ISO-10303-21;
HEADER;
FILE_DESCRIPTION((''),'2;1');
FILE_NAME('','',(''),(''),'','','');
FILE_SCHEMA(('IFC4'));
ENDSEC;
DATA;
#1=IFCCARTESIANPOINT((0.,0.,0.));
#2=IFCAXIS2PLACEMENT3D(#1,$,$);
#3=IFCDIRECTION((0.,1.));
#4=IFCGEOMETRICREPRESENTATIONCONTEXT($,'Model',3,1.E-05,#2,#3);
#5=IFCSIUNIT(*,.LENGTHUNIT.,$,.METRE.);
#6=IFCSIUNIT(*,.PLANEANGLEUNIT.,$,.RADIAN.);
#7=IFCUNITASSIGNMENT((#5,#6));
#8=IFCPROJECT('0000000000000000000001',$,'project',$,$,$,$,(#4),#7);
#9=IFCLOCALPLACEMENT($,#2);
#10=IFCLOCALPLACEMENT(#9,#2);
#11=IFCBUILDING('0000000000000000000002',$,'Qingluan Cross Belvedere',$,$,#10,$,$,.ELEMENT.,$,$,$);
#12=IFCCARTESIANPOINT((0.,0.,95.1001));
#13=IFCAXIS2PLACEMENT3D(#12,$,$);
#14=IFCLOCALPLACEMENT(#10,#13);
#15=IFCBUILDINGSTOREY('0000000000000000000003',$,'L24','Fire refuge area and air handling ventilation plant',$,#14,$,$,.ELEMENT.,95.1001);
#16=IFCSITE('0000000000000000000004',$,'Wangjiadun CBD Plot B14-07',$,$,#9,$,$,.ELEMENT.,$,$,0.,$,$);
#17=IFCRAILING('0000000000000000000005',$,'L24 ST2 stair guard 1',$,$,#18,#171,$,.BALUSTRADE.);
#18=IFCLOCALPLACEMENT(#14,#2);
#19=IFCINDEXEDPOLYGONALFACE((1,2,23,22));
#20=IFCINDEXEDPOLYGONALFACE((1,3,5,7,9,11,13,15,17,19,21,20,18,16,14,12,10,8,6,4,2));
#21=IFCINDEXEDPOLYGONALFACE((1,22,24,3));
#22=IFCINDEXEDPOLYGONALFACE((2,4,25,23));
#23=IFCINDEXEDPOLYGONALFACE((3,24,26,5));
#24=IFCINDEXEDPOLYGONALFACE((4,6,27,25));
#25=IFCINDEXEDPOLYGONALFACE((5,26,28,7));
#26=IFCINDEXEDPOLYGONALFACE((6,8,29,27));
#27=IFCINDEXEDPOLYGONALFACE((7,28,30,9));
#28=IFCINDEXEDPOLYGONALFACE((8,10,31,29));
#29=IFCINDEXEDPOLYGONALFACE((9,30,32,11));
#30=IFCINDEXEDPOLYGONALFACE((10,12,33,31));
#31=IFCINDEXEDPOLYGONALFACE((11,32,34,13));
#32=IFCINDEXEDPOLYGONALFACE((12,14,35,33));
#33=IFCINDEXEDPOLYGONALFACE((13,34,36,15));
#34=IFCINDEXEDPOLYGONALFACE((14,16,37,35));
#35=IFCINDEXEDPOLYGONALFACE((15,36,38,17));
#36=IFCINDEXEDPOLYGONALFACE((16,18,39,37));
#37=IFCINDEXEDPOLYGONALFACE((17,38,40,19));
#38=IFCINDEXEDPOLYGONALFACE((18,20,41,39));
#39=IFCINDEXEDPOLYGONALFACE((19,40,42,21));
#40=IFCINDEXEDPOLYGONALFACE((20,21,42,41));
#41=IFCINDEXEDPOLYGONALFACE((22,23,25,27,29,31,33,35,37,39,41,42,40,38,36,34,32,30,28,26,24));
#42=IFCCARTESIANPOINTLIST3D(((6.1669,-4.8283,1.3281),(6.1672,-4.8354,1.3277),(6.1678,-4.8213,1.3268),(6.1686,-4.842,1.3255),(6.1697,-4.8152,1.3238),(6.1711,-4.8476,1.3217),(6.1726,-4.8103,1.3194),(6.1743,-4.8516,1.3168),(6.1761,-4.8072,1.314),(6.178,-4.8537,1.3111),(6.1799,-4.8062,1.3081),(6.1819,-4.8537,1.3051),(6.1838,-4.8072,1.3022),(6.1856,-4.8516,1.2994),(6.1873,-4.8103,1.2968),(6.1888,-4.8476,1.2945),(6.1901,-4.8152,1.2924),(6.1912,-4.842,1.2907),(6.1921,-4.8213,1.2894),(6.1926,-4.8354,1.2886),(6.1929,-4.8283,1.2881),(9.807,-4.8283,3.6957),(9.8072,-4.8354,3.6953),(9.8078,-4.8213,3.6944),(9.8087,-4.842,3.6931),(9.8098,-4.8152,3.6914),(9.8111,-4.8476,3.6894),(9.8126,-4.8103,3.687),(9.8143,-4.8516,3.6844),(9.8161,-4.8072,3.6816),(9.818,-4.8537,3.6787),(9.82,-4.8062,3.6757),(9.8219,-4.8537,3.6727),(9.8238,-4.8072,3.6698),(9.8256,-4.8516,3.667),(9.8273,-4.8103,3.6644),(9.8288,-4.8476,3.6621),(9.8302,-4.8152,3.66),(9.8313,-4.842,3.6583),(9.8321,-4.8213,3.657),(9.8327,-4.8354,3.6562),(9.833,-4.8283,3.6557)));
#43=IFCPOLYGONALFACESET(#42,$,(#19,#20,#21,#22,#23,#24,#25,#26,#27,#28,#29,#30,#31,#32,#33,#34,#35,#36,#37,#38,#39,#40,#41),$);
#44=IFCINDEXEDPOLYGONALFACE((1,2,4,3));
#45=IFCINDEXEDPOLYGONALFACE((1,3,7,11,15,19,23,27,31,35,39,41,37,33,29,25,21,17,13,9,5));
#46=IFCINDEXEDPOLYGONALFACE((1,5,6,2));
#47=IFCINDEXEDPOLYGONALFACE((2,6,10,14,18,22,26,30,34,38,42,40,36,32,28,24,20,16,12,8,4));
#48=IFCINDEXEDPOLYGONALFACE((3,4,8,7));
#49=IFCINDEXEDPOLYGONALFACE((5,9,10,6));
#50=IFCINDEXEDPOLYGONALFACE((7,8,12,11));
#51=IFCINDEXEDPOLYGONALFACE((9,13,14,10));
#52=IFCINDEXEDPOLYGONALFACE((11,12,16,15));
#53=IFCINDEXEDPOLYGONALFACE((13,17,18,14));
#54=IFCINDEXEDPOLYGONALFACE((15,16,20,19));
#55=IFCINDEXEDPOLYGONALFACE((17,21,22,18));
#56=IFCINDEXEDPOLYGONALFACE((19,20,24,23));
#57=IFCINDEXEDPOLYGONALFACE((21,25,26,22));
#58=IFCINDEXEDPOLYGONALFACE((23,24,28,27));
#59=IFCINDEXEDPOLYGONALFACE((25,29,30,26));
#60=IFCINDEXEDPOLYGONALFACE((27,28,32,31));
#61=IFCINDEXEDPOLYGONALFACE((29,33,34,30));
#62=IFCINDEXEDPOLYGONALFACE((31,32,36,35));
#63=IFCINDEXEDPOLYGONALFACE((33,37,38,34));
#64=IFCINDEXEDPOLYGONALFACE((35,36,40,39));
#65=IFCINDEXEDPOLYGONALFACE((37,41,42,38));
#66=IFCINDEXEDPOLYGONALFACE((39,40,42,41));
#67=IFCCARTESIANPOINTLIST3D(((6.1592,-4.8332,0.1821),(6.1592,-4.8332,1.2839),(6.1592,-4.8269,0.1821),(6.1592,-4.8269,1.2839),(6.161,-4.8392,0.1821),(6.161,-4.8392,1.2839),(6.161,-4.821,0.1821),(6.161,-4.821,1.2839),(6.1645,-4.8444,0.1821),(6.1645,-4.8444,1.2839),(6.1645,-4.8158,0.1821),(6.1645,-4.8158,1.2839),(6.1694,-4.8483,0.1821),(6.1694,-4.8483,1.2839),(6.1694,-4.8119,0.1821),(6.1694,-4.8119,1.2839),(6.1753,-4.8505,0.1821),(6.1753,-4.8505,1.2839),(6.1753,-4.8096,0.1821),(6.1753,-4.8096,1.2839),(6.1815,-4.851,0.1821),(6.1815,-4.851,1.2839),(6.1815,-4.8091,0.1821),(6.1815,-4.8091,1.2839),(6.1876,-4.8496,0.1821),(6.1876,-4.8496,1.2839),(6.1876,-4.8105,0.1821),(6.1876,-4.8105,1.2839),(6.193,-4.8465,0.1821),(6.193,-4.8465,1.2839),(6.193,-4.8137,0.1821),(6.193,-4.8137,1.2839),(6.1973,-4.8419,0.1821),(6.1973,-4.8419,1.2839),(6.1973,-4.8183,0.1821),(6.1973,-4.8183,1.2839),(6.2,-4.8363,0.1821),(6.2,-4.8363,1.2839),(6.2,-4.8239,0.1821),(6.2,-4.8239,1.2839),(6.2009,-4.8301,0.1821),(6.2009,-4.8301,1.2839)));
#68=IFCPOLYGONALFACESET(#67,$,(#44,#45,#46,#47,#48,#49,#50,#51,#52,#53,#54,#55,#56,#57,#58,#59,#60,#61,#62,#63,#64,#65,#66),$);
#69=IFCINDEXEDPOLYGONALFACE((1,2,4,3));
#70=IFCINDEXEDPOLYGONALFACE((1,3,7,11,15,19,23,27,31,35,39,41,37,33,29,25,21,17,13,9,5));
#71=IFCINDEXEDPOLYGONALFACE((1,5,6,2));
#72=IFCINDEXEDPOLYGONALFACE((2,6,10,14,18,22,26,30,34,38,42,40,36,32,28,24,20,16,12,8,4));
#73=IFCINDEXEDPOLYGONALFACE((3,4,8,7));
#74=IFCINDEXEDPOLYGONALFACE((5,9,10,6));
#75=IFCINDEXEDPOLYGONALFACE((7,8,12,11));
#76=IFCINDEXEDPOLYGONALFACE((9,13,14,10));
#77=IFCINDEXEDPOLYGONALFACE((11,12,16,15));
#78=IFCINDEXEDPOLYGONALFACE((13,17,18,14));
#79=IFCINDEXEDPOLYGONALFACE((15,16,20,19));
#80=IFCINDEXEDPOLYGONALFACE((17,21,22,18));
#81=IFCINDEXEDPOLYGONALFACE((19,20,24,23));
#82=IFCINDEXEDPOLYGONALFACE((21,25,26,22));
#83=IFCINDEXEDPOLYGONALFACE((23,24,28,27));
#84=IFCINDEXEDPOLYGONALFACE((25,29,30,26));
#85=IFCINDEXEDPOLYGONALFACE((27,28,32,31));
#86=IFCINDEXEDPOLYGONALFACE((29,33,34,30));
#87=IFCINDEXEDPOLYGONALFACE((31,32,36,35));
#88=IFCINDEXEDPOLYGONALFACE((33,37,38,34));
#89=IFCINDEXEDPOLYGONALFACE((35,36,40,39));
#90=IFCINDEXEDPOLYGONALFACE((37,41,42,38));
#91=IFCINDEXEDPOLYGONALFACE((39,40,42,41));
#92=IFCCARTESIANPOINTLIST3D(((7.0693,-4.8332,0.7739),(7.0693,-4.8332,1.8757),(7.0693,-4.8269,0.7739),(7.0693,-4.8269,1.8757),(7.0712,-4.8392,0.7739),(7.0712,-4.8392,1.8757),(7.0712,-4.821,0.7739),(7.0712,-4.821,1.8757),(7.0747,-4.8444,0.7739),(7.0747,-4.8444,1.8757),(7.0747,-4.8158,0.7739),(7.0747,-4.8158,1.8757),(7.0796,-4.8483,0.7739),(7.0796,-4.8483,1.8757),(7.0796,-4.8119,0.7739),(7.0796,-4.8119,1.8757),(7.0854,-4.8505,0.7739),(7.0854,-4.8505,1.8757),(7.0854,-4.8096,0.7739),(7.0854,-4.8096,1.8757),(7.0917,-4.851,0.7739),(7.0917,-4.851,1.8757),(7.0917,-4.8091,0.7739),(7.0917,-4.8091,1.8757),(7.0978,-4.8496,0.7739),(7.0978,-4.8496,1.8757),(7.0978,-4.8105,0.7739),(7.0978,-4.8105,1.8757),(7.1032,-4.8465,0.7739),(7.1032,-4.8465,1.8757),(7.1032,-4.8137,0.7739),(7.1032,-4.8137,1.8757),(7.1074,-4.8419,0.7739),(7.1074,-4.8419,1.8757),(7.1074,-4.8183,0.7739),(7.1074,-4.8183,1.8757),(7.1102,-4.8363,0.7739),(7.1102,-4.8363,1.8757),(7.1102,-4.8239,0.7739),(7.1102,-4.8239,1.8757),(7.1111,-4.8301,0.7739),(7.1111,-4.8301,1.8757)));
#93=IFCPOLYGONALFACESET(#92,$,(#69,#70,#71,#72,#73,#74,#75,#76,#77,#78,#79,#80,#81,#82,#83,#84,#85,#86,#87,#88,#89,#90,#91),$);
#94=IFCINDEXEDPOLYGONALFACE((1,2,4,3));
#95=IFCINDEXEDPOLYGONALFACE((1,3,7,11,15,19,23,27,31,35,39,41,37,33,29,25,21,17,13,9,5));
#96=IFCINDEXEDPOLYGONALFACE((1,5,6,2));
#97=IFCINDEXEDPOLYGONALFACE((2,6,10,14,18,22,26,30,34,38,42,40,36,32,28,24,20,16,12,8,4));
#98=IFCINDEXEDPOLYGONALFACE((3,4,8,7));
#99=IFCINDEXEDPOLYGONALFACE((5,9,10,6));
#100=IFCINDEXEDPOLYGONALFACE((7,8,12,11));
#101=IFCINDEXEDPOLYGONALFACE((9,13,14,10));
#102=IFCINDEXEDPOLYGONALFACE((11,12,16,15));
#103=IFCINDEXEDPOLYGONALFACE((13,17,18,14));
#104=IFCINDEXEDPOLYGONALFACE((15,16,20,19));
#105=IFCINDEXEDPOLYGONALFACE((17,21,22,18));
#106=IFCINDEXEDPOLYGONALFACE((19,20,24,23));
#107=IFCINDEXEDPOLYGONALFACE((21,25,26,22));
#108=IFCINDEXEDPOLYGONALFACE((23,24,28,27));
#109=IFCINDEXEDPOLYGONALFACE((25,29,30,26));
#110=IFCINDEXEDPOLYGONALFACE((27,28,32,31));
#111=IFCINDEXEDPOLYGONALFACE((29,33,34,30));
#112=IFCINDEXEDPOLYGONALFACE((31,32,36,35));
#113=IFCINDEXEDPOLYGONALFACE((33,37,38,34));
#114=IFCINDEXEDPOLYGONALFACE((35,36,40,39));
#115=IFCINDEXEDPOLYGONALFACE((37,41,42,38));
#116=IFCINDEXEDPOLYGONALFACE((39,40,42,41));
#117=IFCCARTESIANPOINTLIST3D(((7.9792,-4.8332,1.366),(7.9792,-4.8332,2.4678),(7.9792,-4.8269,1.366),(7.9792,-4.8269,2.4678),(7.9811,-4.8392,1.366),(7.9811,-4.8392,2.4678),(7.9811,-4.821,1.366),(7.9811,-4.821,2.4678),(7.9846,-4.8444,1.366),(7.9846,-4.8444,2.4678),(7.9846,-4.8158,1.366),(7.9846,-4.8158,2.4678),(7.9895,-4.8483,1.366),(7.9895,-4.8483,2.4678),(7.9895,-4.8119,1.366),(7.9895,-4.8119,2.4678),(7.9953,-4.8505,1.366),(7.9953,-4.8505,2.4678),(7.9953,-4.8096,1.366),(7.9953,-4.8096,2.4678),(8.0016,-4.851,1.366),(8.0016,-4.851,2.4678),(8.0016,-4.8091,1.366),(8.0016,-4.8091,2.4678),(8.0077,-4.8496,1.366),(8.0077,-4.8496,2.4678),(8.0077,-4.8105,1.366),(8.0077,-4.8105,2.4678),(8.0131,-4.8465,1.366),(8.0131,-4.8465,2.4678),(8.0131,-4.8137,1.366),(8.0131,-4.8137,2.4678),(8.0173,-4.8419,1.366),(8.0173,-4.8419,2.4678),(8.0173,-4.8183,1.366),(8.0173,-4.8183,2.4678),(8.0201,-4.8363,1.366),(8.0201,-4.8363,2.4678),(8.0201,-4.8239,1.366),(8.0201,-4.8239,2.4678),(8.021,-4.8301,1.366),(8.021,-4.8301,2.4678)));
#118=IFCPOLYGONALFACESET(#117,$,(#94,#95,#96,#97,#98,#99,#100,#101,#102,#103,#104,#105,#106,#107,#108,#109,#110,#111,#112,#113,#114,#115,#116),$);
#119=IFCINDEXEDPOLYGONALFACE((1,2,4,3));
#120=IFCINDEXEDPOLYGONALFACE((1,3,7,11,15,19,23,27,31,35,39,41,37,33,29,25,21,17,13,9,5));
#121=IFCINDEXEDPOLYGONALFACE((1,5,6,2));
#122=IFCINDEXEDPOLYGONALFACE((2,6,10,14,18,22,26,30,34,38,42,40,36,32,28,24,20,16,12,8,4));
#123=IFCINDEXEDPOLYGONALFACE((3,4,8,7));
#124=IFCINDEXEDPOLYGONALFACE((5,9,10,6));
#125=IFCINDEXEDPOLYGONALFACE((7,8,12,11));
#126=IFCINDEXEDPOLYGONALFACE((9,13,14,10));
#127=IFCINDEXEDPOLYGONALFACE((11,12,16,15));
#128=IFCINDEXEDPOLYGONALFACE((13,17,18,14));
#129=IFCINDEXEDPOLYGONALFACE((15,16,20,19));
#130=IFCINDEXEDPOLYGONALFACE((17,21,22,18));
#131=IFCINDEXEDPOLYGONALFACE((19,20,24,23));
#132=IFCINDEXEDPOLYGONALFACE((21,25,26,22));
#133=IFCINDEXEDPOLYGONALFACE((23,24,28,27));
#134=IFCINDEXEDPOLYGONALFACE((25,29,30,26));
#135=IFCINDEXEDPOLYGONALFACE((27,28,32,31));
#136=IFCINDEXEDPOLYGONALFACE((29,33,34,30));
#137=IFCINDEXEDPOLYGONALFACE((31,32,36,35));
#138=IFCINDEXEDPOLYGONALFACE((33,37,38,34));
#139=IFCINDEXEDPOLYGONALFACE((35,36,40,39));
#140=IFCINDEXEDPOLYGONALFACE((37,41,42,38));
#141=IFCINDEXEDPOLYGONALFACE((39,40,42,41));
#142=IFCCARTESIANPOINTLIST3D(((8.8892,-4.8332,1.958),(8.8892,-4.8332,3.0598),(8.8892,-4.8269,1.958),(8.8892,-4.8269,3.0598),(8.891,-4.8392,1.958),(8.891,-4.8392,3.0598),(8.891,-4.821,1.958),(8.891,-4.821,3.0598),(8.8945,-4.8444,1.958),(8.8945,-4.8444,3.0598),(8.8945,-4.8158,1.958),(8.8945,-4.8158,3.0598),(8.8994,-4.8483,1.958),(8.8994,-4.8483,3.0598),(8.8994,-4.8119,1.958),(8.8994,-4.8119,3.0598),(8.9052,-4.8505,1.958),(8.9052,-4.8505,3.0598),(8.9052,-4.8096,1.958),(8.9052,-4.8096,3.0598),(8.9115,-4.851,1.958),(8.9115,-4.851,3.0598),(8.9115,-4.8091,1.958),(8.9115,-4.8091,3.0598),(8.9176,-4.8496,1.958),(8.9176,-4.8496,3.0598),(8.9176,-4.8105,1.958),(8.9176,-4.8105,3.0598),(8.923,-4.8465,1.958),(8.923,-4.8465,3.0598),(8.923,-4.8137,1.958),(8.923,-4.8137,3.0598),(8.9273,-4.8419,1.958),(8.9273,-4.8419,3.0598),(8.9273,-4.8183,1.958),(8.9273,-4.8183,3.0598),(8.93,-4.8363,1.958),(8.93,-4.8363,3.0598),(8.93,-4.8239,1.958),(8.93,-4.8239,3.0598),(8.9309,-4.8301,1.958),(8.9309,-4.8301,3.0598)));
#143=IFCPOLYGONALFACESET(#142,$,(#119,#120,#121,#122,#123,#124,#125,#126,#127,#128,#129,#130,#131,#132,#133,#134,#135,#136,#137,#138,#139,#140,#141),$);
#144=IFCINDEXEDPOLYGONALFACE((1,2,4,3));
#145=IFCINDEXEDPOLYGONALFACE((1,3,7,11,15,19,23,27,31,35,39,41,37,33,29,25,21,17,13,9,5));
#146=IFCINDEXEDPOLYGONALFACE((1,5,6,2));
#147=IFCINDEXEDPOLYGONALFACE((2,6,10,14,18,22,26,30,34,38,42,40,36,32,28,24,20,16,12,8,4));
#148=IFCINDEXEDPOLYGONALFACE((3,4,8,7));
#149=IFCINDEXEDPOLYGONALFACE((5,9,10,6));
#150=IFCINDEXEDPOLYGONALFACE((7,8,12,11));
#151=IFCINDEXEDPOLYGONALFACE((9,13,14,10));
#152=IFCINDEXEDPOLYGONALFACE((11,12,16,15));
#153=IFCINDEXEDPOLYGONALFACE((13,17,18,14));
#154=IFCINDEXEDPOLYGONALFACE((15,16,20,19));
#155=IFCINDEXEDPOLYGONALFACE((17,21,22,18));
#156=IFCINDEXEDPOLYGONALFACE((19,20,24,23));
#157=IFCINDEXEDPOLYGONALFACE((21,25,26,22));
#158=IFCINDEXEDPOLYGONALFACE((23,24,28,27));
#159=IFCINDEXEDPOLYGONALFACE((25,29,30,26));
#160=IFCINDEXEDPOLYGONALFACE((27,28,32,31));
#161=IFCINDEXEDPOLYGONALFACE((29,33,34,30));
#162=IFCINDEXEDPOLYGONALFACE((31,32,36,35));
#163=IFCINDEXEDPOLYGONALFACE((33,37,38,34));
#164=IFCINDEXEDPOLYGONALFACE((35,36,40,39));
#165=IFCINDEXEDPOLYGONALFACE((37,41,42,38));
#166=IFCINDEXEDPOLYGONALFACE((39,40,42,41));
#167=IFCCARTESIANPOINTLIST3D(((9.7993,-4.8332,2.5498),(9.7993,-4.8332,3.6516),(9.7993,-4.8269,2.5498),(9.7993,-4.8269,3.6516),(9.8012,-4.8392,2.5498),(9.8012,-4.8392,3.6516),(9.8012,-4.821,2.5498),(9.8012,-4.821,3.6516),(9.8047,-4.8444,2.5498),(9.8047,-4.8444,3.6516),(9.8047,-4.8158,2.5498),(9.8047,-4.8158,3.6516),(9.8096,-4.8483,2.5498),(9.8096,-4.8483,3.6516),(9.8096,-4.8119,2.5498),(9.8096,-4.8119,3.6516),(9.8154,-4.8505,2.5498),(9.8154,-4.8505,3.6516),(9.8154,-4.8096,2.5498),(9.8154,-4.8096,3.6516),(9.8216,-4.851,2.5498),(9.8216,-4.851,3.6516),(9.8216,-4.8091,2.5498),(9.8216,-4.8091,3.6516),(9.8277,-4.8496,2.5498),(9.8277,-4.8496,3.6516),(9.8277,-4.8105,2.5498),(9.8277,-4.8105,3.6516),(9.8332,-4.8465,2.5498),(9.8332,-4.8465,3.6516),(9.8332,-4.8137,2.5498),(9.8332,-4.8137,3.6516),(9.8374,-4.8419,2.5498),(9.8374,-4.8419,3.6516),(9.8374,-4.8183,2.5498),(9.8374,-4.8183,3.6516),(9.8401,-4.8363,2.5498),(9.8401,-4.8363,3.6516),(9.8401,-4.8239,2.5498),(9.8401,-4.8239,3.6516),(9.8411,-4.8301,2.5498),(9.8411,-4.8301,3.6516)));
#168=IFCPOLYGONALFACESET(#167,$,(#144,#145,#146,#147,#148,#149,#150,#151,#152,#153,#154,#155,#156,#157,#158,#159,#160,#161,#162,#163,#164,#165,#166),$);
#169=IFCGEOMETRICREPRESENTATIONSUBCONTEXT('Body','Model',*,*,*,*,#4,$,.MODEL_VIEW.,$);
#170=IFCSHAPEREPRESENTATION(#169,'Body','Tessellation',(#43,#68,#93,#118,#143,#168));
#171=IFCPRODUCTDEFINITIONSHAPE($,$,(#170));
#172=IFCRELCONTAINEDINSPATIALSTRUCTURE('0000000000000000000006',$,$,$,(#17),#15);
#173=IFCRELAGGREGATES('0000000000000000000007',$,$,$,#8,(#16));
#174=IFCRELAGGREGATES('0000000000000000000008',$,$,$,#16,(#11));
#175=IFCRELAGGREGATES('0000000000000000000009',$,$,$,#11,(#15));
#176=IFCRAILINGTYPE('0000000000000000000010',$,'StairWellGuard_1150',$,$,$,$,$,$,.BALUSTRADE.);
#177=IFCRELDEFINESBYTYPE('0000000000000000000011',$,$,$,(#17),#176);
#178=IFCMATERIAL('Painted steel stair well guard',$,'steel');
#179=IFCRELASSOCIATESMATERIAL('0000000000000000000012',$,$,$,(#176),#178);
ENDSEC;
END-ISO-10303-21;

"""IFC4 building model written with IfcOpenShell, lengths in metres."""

from ifc_helpers import new_model, si_unit, direction, frame, origin, origin_2d, place, context, subcontext, project, spatial, circle, extrude, material, type_object, element, save


model = new_model("IFC4")

# Units and contexts
model_context = context("Model", 3, precision=1e-05, world=origin(), true_north=direction((0.0, 1.0)))
body_context = subcontext(model_context, "Body", "Model", "MODEL_VIEW")
ifc_project = project(units=[si_unit("LENGTHUNIT", "METRE"), si_unit("PLANEANGLEUNIT", "RADIAN")], contexts=[model_context])

# Site, building, storey
site_placement = place(None, origin())
site = spatial("IfcSite", under=ifc_project, at=site_placement, Name="Wangjiadun CBD Plot B14-07", CompositionType="ELEMENT", RefElevation=0.0)
building_placement = place(site_placement, origin())
building = spatial("IfcBuilding", under=site, at=building_placement, Name="Qingluan Cross Belvedere", CompositionType="ELEMENT")
storey_placement = place(building_placement, frame((0.0, 0.0, 95.1001)))
storey = spatial("IfcBuildingStorey", under=building, at=storey_placement, Name="L24", Description="Fire refuge area and air handling ventilation plant", CompositionType="ELEMENT", Elevation=95.1001)

# Railing
ifc_material_1 = material(Name="Painted steel stair well guard", Category="steel")
railing_type_1 = type_object("IfcRailingType", Name="StairWellGuard_1150", PredefinedType="BALUSTRADE", material=ifc_material_1)
railing_1_placement = place(storey_placement, frame((6.1799, -4.8301, 0.1821)))
element("IfcRailing", 1, at=railing_1_placement, inside=storey, type_object=railing_type_1, Name="L24 ST2 stair guard 1", PredefinedType="BALUSTRADE", context=body_context, shape_type="SweptSolid", body=[
    extrude(circle(Radius=0.0239, at=origin_2d()), frame((0.0, 0.0, 1.126), z_axis=(0.838277, 0.0, 0.545245), x_axis=(0.0, 1.0, 0.0)), (0.0, 0.0, 1.0), 4.3423),
    extrude(circle(Radius=0.021, at=origin_2d()), origin(), (0.0, 0.0, 1.0), 1.1018),
    extrude(circle(Radius=0.021, at=origin_2d()), frame((0.9102, 0.0, 0.5918)), (0.0, 0.0, 1.0), 1.1018),
    extrude(circle(Radius=0.021, at=origin_2d()), frame((1.8201, 0.0, 1.1838)), (0.0, 0.0, 1.0), 1.1018),
    extrude(circle(Radius=0.021, at=origin_2d()), frame((2.73, 0.0, 1.7759)), (0.0, 0.0, 1.0), 1.1018),
    extrude(circle(Radius=0.021, at=origin_2d()), frame((3.6401, 0.0, 2.3677)), (0.0, 0.0, 1.0), 1.1018),
])

save(model, "model.ifc")
